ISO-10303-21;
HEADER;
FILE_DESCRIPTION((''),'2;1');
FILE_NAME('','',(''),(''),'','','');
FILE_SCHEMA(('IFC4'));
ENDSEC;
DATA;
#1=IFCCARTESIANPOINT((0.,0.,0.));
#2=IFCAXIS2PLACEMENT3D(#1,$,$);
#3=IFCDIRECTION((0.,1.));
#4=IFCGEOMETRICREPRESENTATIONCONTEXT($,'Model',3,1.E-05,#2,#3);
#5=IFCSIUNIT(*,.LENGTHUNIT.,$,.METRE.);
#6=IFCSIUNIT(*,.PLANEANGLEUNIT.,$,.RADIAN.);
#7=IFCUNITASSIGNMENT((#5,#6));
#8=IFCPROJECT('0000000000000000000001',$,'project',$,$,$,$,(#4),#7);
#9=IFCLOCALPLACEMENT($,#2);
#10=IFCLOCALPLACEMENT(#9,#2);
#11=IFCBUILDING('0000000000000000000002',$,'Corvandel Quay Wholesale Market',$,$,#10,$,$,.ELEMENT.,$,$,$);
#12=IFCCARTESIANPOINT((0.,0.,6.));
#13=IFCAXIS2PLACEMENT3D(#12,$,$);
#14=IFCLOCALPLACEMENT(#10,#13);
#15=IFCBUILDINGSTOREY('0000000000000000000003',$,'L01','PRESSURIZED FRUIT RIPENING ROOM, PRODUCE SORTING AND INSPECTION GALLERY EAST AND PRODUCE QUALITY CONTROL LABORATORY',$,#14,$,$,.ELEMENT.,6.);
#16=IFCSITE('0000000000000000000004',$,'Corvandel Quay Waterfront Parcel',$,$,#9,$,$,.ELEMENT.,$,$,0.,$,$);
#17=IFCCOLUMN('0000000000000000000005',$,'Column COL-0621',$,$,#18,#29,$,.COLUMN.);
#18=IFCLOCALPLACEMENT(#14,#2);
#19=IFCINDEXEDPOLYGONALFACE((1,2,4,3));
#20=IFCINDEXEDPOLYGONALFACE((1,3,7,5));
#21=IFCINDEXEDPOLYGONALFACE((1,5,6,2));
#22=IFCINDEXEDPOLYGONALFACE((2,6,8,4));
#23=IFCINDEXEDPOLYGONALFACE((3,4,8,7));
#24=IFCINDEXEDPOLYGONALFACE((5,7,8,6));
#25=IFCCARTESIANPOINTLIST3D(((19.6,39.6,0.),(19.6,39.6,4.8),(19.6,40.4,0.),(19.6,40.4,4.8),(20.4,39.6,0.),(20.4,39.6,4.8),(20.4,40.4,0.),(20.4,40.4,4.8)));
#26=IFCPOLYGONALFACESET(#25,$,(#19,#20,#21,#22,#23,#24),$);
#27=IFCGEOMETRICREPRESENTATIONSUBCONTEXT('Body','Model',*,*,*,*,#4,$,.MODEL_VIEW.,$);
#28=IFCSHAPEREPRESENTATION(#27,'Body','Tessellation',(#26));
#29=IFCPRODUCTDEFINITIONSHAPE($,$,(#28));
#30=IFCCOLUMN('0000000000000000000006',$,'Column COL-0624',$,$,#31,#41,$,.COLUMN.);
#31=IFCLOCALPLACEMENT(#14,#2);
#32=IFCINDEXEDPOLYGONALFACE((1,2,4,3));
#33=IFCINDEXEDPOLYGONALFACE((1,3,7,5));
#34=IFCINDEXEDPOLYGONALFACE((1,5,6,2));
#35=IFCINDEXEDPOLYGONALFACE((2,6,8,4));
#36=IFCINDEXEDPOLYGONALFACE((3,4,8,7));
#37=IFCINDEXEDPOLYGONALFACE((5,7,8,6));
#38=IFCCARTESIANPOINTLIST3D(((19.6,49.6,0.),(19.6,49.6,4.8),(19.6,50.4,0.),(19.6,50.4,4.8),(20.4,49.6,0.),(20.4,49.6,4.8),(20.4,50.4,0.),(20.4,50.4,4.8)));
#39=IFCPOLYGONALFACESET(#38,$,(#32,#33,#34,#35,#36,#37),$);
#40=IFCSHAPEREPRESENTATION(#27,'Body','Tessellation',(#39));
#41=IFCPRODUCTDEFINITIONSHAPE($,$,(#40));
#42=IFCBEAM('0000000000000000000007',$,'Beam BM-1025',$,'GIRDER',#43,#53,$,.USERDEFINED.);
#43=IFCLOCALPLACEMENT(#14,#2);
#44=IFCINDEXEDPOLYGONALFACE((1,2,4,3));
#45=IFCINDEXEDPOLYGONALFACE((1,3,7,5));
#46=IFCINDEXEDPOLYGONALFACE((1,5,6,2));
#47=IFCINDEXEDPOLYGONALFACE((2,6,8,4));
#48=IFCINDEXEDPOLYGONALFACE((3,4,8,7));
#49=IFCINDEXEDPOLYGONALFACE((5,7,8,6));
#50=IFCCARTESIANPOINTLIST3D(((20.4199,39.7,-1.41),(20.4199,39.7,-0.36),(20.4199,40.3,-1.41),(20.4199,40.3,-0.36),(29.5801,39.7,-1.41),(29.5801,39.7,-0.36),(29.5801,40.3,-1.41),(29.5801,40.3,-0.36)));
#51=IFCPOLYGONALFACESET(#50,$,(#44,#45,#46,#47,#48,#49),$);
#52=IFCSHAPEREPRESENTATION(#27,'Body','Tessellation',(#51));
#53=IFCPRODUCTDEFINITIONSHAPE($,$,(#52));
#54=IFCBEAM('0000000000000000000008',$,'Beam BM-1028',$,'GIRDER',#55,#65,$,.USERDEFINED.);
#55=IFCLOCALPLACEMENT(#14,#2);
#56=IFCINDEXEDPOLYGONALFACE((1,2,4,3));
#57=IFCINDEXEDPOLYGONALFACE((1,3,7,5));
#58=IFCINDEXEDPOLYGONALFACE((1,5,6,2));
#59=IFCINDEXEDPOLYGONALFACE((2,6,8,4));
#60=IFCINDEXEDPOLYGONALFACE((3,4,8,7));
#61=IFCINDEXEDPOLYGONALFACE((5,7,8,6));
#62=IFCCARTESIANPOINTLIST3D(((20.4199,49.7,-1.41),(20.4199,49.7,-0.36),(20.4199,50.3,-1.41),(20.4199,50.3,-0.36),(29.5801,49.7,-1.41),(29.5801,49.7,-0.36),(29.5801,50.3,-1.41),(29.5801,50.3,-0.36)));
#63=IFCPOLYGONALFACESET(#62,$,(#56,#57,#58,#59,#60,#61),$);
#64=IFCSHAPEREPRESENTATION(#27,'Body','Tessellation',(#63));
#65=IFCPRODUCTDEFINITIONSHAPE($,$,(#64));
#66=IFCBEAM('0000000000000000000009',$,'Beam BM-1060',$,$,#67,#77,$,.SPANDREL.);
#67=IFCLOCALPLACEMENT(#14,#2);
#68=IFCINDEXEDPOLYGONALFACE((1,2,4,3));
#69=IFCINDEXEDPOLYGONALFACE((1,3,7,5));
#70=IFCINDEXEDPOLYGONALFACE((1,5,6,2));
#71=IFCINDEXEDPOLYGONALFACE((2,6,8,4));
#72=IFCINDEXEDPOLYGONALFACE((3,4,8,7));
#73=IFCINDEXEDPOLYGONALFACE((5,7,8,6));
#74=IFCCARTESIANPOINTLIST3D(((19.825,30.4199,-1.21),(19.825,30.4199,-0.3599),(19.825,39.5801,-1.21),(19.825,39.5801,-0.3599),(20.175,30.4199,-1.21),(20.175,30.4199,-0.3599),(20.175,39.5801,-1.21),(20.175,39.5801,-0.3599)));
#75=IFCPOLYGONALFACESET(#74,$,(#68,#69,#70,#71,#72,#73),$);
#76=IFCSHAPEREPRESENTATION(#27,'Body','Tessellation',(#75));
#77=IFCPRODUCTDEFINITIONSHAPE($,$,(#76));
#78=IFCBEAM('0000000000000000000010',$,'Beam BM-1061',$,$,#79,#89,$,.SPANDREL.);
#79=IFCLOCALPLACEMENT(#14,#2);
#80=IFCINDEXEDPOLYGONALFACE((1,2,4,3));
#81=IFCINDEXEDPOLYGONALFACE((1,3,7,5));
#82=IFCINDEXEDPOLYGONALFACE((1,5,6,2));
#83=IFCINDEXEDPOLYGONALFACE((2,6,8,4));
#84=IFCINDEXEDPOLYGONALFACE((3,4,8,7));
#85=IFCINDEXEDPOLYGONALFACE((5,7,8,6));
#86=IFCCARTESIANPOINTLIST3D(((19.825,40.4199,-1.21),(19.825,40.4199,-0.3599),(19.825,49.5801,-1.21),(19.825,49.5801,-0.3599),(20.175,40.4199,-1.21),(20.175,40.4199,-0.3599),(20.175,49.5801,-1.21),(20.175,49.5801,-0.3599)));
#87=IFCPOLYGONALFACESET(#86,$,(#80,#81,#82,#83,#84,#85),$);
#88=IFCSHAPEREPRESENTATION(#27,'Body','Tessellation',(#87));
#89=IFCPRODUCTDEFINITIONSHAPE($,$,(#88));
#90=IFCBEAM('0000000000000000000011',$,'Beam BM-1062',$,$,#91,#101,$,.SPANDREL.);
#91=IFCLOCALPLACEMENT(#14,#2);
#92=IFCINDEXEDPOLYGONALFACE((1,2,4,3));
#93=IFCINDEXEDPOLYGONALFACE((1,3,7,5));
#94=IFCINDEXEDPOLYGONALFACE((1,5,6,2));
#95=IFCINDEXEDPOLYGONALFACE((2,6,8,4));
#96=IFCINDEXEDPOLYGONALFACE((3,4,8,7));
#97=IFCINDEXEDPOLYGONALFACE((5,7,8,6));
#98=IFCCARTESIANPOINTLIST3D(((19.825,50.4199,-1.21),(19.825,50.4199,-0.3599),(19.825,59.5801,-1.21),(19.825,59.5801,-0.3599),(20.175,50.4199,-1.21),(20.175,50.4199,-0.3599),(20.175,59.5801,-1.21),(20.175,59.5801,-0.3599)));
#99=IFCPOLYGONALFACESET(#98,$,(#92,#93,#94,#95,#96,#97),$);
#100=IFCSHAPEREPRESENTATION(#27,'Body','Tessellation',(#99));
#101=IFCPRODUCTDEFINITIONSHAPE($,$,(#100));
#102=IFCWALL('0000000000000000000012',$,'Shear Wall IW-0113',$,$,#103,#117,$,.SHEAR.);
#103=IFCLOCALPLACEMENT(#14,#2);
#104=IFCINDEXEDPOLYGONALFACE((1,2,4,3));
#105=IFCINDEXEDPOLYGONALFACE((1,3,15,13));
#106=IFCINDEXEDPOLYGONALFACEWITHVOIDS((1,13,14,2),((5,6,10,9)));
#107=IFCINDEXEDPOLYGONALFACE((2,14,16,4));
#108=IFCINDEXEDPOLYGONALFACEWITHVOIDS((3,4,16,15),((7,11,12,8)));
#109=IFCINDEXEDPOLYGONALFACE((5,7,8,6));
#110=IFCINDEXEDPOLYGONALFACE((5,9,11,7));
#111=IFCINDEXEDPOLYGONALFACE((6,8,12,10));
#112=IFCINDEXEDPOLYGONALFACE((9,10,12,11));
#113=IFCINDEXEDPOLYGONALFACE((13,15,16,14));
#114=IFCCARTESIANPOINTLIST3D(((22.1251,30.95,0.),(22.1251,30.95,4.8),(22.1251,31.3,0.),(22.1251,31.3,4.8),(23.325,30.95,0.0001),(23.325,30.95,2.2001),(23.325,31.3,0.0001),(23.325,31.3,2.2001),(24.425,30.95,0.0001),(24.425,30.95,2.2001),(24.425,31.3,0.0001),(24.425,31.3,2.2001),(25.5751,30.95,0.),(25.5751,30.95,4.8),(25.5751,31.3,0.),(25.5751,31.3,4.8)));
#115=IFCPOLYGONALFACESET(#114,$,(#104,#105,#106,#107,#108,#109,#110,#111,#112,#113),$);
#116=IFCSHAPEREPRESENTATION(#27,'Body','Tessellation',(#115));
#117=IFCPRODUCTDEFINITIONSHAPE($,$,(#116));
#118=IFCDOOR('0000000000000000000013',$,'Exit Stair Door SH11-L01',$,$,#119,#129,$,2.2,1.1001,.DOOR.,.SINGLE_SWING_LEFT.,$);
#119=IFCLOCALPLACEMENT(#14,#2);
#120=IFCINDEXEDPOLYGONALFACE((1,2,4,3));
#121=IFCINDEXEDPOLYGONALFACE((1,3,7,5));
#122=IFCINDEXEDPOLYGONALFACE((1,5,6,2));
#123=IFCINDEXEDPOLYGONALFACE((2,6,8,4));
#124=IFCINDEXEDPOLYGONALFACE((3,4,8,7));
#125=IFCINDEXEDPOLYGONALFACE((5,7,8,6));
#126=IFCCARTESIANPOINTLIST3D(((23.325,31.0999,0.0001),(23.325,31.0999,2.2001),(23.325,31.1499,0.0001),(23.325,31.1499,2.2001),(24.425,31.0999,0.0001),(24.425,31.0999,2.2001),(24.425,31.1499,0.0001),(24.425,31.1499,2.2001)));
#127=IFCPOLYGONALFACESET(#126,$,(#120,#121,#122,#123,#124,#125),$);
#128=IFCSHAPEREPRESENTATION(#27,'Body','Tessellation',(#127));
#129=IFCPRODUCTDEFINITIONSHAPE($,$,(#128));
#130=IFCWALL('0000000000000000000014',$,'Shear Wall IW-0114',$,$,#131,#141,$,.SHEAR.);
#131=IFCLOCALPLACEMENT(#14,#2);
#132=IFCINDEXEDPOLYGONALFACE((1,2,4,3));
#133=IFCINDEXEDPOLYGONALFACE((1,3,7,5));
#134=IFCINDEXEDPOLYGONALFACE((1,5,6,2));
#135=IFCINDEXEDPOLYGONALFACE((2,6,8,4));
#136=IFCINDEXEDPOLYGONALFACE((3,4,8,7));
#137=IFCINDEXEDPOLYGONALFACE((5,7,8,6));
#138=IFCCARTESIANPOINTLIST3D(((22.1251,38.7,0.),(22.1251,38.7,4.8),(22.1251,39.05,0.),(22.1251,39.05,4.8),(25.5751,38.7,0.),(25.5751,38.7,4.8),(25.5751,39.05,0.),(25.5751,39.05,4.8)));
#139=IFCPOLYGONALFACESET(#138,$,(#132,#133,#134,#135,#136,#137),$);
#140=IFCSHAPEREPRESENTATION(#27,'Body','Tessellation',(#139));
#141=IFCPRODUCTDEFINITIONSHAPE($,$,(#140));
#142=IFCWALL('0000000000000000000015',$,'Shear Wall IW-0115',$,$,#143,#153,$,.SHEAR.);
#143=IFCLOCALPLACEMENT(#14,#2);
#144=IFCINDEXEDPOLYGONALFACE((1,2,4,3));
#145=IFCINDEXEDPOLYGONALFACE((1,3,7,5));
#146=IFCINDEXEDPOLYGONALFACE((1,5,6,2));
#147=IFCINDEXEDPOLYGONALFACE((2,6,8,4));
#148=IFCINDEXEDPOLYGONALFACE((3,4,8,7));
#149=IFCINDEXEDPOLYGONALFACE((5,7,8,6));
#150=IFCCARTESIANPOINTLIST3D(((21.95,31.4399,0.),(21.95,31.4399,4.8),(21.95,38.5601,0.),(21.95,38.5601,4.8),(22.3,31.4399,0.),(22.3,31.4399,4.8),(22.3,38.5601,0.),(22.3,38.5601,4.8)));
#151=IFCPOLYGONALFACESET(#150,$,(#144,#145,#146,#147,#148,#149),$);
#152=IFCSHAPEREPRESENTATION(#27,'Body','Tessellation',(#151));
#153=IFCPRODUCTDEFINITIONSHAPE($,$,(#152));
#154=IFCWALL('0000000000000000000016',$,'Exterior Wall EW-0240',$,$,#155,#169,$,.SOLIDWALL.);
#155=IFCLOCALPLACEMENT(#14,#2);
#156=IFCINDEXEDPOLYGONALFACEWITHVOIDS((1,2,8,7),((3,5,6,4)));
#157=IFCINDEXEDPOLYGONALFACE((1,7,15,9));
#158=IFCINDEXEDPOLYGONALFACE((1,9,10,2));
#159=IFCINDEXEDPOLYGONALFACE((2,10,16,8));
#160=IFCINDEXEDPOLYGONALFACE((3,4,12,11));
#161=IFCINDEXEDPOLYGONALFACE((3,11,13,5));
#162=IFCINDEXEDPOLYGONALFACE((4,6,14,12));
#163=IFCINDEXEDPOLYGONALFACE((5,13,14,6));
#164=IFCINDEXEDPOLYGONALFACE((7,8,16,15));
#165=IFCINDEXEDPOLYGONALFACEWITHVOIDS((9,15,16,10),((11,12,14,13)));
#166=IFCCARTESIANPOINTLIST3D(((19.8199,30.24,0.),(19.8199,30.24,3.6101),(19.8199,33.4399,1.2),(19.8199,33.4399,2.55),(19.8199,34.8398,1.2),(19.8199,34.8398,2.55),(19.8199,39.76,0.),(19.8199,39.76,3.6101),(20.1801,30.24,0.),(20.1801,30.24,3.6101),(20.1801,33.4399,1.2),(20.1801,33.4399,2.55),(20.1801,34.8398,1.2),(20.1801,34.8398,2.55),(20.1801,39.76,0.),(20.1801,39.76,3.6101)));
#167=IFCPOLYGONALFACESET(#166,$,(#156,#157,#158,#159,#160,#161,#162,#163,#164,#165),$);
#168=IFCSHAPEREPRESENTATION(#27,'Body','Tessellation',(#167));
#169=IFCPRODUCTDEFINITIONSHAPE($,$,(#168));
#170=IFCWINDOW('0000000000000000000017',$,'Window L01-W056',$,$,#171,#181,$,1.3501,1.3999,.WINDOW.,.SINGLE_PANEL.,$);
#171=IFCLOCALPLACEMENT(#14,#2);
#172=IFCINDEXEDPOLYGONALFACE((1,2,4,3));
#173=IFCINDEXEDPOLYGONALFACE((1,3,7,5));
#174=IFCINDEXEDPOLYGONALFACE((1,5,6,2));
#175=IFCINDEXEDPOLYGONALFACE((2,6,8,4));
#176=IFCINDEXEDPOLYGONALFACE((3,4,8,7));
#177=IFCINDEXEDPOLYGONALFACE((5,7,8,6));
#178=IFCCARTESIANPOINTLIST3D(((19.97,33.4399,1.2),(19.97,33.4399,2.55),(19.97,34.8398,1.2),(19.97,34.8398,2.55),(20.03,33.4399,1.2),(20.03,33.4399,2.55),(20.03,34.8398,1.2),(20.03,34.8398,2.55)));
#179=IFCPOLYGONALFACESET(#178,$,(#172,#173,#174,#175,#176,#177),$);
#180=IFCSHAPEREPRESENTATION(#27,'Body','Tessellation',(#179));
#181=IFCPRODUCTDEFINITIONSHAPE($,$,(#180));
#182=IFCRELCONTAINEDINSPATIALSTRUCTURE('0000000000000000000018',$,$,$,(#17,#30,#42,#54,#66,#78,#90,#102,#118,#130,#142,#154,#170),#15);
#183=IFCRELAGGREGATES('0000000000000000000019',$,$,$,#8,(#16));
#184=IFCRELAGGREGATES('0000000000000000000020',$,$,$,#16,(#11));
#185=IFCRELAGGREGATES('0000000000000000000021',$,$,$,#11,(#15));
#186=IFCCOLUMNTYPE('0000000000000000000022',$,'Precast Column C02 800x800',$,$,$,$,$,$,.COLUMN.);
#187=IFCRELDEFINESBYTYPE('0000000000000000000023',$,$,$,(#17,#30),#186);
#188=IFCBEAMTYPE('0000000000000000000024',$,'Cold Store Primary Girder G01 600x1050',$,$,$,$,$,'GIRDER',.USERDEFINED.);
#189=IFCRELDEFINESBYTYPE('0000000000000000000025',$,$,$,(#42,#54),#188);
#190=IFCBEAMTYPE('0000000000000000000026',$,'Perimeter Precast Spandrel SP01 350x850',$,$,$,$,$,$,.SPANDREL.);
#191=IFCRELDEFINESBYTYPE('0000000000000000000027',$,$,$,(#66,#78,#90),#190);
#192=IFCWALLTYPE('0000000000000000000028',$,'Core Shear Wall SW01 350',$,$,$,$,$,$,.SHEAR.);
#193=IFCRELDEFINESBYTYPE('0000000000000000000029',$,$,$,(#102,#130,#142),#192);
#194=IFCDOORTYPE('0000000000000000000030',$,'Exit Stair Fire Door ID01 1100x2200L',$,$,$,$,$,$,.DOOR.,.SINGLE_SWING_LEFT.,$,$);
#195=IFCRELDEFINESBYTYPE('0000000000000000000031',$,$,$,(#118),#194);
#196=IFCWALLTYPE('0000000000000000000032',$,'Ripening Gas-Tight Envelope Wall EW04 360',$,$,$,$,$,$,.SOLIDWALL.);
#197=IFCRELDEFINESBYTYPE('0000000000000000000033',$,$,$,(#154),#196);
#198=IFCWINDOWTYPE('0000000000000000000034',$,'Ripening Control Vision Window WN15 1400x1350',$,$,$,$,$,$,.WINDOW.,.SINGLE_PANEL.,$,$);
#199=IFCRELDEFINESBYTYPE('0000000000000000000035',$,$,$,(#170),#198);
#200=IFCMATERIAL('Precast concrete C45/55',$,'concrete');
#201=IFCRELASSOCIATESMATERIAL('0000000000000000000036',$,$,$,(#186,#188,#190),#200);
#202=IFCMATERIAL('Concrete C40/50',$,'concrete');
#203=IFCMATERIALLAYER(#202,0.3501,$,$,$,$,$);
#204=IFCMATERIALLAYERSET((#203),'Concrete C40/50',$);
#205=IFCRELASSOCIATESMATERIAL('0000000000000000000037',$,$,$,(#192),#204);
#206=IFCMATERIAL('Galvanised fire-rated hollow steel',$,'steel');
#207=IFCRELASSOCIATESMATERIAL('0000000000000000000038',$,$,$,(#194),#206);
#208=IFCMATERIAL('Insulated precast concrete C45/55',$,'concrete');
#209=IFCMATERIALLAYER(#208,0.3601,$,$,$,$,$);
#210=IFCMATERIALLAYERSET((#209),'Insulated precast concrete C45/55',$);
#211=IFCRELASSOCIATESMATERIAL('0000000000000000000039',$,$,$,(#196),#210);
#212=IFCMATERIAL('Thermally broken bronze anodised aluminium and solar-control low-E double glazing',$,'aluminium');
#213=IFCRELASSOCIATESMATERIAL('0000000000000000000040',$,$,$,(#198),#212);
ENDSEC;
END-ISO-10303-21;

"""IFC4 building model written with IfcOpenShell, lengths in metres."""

from ifc_helpers import new_model, si_unit, direction, frame, frame_2d, origin, origin_2d, place, context, subcontext, project, spatial, rectangle, extrude, material, layer, layer_set, material_profile, profile_set, type_object, element, fill, save


model = new_model("IFC4")

# Units and contexts
model_context = context("Model", 3, precision=1e-05, world=origin(), true_north=direction((0.0, 1.0)))
body_context = subcontext(model_context, "Body", "Model", "MODEL_VIEW")
ifc_project = project(units=[si_unit("LENGTHUNIT", "METRE"), si_unit("PLANEANGLEUNIT", "RADIAN")], contexts=[model_context])

# Site, building, storey
site_placement = place(None, origin())
site = spatial("IfcSite", under=ifc_project, at=site_placement, Name="Corvandel Quay Waterfront Parcel", CompositionType="ELEMENT", RefElevation=0.0)
building_placement = place(site_placement, origin())
building = spatial("IfcBuilding", under=site, at=building_placement, Name="Corvandel Quay Wholesale Market", CompositionType="ELEMENT")
storey_placement = place(building_placement, frame((0.0, 0.0, 6.0)))
storey = spatial("IfcBuildingStorey", under=building, at=storey_placement, Name="L01", Description="PRESSURIZED FRUIT RIPENING ROOM, PRODUCE SORTING AND INSPECTION GALLERY EAST AND PRODUCE QUALITY CONTROL LABORATORY", CompositionType="ELEMENT", Elevation=6.0)

# Columns
ifc_material_1 = material(Name="Precast concrete C45/55", Category="concrete")
ifc_material_profile_1 = material_profile(ifc_material_1, rectangle(XDim=0.8, YDim=0.8, at=origin_2d()), Name="PC-COL-800x800")
ifc_profile_set_1 = profile_set([ifc_material_profile_1], Name="Precast concrete C45/55")
column_type = type_object("IfcColumnType", Name="Precast Column C02 800x800", PredefinedType="COLUMN", material=ifc_profile_set_1)
for number, where, z_axis, x_axis, name in (
    (1, (20.0, 40.0, 0.0), (0.0, 0.0, 1.0), (1.0, 0.0, 0.0), "Column COL-0621"),
    (2, (20.0, 50.0, 0.0), (0.0, 0.0, 1.0), (1.0, 0.0, 0.0), "Column COL-0624"),
):
    element("IfcColumn", number, at=place(storey_placement, frame(where, z_axis=z_axis, x_axis=x_axis)), inside=storey, type_object=column_type, Name=name, PredefinedType="COLUMN", context=body_context, shape_type="SweptSolid", body=[
        extrude(rectangle(XDim=0.8, YDim=0.8, at=origin_2d()), origin(), (0.0, 0.0, 1.0), 4.8),
    ])

# Beams
ifc_material_profile_2 = material_profile(ifc_material_1, rectangle(XDim=0.6001, YDim=1.05, at=origin_2d()), Name="PC-GIR-600x1050")
ifc_profile_set_2 = profile_set([ifc_material_profile_2], Name="Precast concrete C45/55")
beam_type_1 = type_object("IfcBeamType", Name="Cold Store Primary Girder G01 600x1050", ElementType="GIRDER", PredefinedType="USERDEFINED", material=ifc_profile_set_2)
for number, where, z_axis, x_axis, name in (
    (3, (20.4199, 40.0, -0.885), (1.0, 0.0, 0.0), (0.0, 1.0, 0.0), "Beam BM-1025"),
    (4, (20.4199, 50.0, -0.885), (1.0, 0.0, 0.0), (0.0, 1.0, 0.0), "Beam BM-1028"),
):
    element("IfcBeam", number, at=place(storey_placement, frame(where, z_axis=z_axis, x_axis=x_axis)), inside=storey, type_object=beam_type_1, Name=name, ObjectType="GIRDER", PredefinedType="USERDEFINED", context=body_context, shape_type="SweptSolid", body=[
        extrude(rectangle(XDim=0.6001, YDim=1.05, at=origin_2d()), origin(), (0.0, 0.0, 1.0), 9.1602),
    ])
ifc_material_profile_3 = material_profile(ifc_material_1, rectangle(XDim=0.3501, YDim=0.8501, at=origin_2d()), Name="PC-SPN-350x850")
ifc_profile_set_3 = profile_set([ifc_material_profile_3], Name="Precast concrete C45/55")
beam_type_2 = type_object("IfcBeamType", Name="Perimeter Precast Spandrel SP01 350x850", PredefinedType="SPANDREL", material=ifc_profile_set_3)
for number, where, z_axis, x_axis, name in (
    (5, (20.0, 30.4199, -0.7849), (0.0, 1.0, 0.0), (-1.0, 0.0, 0.0), "Beam BM-1060"),
    (6, (20.0, 40.4199, -0.7849), (0.0, 1.0, 0.0), (-1.0, 0.0, 0.0), "Beam BM-1061"),
    (7, (20.0, 50.4199, -0.7849), (0.0, 1.0, 0.0), (-1.0, 0.0, 0.0), "Beam BM-1062"),
):
    element("IfcBeam", number, at=place(storey_placement, frame(where, z_axis=z_axis, x_axis=x_axis)), inside=storey, type_object=beam_type_2, Name=name, PredefinedType="SPANDREL", context=body_context, shape_type="SweptSolid", body=[
        extrude(rectangle(XDim=0.3501, YDim=0.8501, at=origin_2d()), origin(), (0.0, 0.0, 1.0), 9.1602),
    ])

# Wall, opening, door
ifc_material_2 = material(Name="Concrete C40/50", Category="concrete")
ifc_layer_1 = layer(ifc_material_2, 0.3501)
ifc_layer_set_1 = layer_set([ifc_layer_1], Name="Concrete C40/50")
wall_type_1 = type_object("IfcWallType", Name="Core Shear Wall SW01 350", PredefinedType="SHEAR", material=ifc_layer_set_1)
wall_1_placement = place(storey_placement, frame((22.125, 31.125, 0.0), z_axis=(0.0, 0.0, 1.0), x_axis=(1.0, 0.0, 0.0)))
wall_1 = element("IfcWall", 8, at=wall_1_placement, inside=storey, type_object=wall_type_1, Name="Shear Wall IW-0113", PredefinedType="SHEAR", context=body_context, shape_type="SweptSolid", body=[
    extrude(rectangle(XDim=3.45, YDim=0.3501, at=frame_2d((1.7251, 0.0))), origin(), (0.0, 0.0, 1.0), 4.8),
])
opening_1_placement = place(wall_1_placement, frame((1.2, 0.0, 0.0)))
opening_1 = element("IfcOpeningElement", 9, at=opening_1_placement, cuts=wall_1, PredefinedType="OPENING", context=body_context, shape_type="SweptSolid", body=[
    extrude(rectangle(XDim=1.1001, YDim=2.2, at=frame_2d((0.55, 1.1001))), frame((0.0, 0.1851, 0.0), z_axis=(0.0, -1.0, 0.0), x_axis=(1.0, 0.0, 0.0)), (0.0, 0.0, 1.0), 0.3701),
])
ifc_material_3 = material(Name="Galvanised fire-rated hollow steel", Category="steel")
door_type = type_object("IfcDoorType", Name="Exit Stair Fire Door ID01 1100x2200L", OperationType="SINGLE_SWING_LEFT", PredefinedType="DOOR", material=ifc_material_3)
door_placement = place(opening_1_placement, origin())
door = element("IfcDoor", 10, at=door_placement, inside=storey, type_object=door_type, Name="Exit Stair Door SH11-L01", OperationType="SINGLE_SWING_LEFT", OverallHeight=2.2, OverallWidth=1.1001, PredefinedType="DOOR", context=body_context, shape_type="SweptSolid", body=[
    extrude(rectangle(XDim=1.1001, YDim=2.2, at=frame_2d((0.55, 1.1001))), frame((0.0, 0.0249, 0.0), z_axis=(0.0, -1.0, 0.0), x_axis=(1.0, 0.0, 0.0)), (0.0, 0.0, 1.0), 0.05),
])
fill(opening_1, door)

# Walls
wall_2_placement = place(storey_placement, frame((22.125, 38.875, 0.0), z_axis=(0.0, 0.0, 1.0), x_axis=(1.0, 0.0, 0.0)))
element("IfcWall", 11, at=wall_2_placement, inside=storey, type_object=wall_type_1, Name="Shear Wall IW-0114", PredefinedType="SHEAR", context=body_context, shape_type="SweptSolid", body=[
    extrude(rectangle(XDim=3.45, YDim=0.3501, at=frame_2d((1.7251, 0.0))), origin(), (0.0, 0.0, 1.0), 4.8),
])
wall_3_placement = place(storey_placement, frame((22.125, 31.4399, 0.0), z_axis=(0.0, 0.0, 1.0), x_axis=(0.0, 1.0, 0.0)))
element("IfcWall", 12, at=wall_3_placement, inside=storey, type_object=wall_type_1, Name="Shear Wall IW-0115", PredefinedType="SHEAR", context=body_context, shape_type="SweptSolid", body=[
    extrude(rectangle(XDim=7.1201, YDim=0.3501, at=frame_2d((3.5601, 0.0))), origin(), (0.0, 0.0, 1.0), 4.8),
])

# Wall, opening, window
ifc_material_4 = material(Name="Insulated precast concrete C45/55", Category="concrete")
ifc_layer_2 = layer(ifc_material_4, 0.3601)
ifc_layer_set_2 = layer_set([ifc_layer_2], Name="Insulated precast concrete C45/55")
wall_type_2 = type_object("IfcWallType", Name="Ripening Gas-Tight Envelope Wall EW04 360", PredefinedType="SOLIDWALL", material=ifc_layer_set_2)
wall_4_placement = place(storey_placement, frame((20.0, 30.24, 0.0), z_axis=(0.0, 0.0, 1.0), x_axis=(0.0, 1.0, 0.0)))
wall_4 = element("IfcWall", 13, at=wall_4_placement, inside=storey, type_object=wall_type_2, Name="Exterior Wall EW-0240", PredefinedType="SOLIDWALL", context=body_context, shape_type="SweptSolid", body=[
    extrude(rectangle(XDim=9.52, YDim=0.3601, at=frame_2d((4.76, 0.0))), origin(), (0.0, 0.0, 1.0), 3.6101),
])
opening_2_placement = place(wall_4_placement, frame((3.2, 0.0, 1.2)))
opening_2 = element("IfcOpeningElement", 14, at=opening_2_placement, cuts=wall_4, PredefinedType="OPENING", context=body_context, shape_type="SweptSolid", body=[
    extrude(rectangle(XDim=1.3999, YDim=1.3501, at=frame_2d((0.7, 0.675))), frame((0.0, 0.1899, 0.0), z_axis=(0.0, -1.0, 0.0), x_axis=(1.0, 0.0, 0.0)), (0.0, 0.0, 1.0), 0.3801),
])
ifc_material_5 = material(Name="Thermally broken bronze anodised aluminium and solar-control low-E double glazing", Category="aluminium")
window_type = type_object("IfcWindowType", Name="Ripening Control Vision Window WN15 1400x1350", PartitioningType="SINGLE_PANEL", PredefinedType="WINDOW", material=ifc_material_5)
window_1_placement = place(opening_2_placement, origin())
window_1 = element("IfcWindow", 15, at=window_1_placement, inside=storey, type_object=window_type, Name="Window L01-W056", OverallHeight=1.3501, OverallWidth=1.3999, PartitioningType="SINGLE_PANEL", PredefinedType="WINDOW", context=body_context, shape_type="SweptSolid", body=[
    extrude(rectangle(XDim=1.3999, YDim=1.3501, at=frame_2d((0.7, 0.675))), frame((0.0, 0.03, 0.0), z_axis=(0.0, -1.0, 0.0), x_axis=(1.0, 0.0, 0.0)), (0.0, 0.0, 1.0), 0.0601),
])
fill(opening_2, window_1)

save(model, "model.ifc")
